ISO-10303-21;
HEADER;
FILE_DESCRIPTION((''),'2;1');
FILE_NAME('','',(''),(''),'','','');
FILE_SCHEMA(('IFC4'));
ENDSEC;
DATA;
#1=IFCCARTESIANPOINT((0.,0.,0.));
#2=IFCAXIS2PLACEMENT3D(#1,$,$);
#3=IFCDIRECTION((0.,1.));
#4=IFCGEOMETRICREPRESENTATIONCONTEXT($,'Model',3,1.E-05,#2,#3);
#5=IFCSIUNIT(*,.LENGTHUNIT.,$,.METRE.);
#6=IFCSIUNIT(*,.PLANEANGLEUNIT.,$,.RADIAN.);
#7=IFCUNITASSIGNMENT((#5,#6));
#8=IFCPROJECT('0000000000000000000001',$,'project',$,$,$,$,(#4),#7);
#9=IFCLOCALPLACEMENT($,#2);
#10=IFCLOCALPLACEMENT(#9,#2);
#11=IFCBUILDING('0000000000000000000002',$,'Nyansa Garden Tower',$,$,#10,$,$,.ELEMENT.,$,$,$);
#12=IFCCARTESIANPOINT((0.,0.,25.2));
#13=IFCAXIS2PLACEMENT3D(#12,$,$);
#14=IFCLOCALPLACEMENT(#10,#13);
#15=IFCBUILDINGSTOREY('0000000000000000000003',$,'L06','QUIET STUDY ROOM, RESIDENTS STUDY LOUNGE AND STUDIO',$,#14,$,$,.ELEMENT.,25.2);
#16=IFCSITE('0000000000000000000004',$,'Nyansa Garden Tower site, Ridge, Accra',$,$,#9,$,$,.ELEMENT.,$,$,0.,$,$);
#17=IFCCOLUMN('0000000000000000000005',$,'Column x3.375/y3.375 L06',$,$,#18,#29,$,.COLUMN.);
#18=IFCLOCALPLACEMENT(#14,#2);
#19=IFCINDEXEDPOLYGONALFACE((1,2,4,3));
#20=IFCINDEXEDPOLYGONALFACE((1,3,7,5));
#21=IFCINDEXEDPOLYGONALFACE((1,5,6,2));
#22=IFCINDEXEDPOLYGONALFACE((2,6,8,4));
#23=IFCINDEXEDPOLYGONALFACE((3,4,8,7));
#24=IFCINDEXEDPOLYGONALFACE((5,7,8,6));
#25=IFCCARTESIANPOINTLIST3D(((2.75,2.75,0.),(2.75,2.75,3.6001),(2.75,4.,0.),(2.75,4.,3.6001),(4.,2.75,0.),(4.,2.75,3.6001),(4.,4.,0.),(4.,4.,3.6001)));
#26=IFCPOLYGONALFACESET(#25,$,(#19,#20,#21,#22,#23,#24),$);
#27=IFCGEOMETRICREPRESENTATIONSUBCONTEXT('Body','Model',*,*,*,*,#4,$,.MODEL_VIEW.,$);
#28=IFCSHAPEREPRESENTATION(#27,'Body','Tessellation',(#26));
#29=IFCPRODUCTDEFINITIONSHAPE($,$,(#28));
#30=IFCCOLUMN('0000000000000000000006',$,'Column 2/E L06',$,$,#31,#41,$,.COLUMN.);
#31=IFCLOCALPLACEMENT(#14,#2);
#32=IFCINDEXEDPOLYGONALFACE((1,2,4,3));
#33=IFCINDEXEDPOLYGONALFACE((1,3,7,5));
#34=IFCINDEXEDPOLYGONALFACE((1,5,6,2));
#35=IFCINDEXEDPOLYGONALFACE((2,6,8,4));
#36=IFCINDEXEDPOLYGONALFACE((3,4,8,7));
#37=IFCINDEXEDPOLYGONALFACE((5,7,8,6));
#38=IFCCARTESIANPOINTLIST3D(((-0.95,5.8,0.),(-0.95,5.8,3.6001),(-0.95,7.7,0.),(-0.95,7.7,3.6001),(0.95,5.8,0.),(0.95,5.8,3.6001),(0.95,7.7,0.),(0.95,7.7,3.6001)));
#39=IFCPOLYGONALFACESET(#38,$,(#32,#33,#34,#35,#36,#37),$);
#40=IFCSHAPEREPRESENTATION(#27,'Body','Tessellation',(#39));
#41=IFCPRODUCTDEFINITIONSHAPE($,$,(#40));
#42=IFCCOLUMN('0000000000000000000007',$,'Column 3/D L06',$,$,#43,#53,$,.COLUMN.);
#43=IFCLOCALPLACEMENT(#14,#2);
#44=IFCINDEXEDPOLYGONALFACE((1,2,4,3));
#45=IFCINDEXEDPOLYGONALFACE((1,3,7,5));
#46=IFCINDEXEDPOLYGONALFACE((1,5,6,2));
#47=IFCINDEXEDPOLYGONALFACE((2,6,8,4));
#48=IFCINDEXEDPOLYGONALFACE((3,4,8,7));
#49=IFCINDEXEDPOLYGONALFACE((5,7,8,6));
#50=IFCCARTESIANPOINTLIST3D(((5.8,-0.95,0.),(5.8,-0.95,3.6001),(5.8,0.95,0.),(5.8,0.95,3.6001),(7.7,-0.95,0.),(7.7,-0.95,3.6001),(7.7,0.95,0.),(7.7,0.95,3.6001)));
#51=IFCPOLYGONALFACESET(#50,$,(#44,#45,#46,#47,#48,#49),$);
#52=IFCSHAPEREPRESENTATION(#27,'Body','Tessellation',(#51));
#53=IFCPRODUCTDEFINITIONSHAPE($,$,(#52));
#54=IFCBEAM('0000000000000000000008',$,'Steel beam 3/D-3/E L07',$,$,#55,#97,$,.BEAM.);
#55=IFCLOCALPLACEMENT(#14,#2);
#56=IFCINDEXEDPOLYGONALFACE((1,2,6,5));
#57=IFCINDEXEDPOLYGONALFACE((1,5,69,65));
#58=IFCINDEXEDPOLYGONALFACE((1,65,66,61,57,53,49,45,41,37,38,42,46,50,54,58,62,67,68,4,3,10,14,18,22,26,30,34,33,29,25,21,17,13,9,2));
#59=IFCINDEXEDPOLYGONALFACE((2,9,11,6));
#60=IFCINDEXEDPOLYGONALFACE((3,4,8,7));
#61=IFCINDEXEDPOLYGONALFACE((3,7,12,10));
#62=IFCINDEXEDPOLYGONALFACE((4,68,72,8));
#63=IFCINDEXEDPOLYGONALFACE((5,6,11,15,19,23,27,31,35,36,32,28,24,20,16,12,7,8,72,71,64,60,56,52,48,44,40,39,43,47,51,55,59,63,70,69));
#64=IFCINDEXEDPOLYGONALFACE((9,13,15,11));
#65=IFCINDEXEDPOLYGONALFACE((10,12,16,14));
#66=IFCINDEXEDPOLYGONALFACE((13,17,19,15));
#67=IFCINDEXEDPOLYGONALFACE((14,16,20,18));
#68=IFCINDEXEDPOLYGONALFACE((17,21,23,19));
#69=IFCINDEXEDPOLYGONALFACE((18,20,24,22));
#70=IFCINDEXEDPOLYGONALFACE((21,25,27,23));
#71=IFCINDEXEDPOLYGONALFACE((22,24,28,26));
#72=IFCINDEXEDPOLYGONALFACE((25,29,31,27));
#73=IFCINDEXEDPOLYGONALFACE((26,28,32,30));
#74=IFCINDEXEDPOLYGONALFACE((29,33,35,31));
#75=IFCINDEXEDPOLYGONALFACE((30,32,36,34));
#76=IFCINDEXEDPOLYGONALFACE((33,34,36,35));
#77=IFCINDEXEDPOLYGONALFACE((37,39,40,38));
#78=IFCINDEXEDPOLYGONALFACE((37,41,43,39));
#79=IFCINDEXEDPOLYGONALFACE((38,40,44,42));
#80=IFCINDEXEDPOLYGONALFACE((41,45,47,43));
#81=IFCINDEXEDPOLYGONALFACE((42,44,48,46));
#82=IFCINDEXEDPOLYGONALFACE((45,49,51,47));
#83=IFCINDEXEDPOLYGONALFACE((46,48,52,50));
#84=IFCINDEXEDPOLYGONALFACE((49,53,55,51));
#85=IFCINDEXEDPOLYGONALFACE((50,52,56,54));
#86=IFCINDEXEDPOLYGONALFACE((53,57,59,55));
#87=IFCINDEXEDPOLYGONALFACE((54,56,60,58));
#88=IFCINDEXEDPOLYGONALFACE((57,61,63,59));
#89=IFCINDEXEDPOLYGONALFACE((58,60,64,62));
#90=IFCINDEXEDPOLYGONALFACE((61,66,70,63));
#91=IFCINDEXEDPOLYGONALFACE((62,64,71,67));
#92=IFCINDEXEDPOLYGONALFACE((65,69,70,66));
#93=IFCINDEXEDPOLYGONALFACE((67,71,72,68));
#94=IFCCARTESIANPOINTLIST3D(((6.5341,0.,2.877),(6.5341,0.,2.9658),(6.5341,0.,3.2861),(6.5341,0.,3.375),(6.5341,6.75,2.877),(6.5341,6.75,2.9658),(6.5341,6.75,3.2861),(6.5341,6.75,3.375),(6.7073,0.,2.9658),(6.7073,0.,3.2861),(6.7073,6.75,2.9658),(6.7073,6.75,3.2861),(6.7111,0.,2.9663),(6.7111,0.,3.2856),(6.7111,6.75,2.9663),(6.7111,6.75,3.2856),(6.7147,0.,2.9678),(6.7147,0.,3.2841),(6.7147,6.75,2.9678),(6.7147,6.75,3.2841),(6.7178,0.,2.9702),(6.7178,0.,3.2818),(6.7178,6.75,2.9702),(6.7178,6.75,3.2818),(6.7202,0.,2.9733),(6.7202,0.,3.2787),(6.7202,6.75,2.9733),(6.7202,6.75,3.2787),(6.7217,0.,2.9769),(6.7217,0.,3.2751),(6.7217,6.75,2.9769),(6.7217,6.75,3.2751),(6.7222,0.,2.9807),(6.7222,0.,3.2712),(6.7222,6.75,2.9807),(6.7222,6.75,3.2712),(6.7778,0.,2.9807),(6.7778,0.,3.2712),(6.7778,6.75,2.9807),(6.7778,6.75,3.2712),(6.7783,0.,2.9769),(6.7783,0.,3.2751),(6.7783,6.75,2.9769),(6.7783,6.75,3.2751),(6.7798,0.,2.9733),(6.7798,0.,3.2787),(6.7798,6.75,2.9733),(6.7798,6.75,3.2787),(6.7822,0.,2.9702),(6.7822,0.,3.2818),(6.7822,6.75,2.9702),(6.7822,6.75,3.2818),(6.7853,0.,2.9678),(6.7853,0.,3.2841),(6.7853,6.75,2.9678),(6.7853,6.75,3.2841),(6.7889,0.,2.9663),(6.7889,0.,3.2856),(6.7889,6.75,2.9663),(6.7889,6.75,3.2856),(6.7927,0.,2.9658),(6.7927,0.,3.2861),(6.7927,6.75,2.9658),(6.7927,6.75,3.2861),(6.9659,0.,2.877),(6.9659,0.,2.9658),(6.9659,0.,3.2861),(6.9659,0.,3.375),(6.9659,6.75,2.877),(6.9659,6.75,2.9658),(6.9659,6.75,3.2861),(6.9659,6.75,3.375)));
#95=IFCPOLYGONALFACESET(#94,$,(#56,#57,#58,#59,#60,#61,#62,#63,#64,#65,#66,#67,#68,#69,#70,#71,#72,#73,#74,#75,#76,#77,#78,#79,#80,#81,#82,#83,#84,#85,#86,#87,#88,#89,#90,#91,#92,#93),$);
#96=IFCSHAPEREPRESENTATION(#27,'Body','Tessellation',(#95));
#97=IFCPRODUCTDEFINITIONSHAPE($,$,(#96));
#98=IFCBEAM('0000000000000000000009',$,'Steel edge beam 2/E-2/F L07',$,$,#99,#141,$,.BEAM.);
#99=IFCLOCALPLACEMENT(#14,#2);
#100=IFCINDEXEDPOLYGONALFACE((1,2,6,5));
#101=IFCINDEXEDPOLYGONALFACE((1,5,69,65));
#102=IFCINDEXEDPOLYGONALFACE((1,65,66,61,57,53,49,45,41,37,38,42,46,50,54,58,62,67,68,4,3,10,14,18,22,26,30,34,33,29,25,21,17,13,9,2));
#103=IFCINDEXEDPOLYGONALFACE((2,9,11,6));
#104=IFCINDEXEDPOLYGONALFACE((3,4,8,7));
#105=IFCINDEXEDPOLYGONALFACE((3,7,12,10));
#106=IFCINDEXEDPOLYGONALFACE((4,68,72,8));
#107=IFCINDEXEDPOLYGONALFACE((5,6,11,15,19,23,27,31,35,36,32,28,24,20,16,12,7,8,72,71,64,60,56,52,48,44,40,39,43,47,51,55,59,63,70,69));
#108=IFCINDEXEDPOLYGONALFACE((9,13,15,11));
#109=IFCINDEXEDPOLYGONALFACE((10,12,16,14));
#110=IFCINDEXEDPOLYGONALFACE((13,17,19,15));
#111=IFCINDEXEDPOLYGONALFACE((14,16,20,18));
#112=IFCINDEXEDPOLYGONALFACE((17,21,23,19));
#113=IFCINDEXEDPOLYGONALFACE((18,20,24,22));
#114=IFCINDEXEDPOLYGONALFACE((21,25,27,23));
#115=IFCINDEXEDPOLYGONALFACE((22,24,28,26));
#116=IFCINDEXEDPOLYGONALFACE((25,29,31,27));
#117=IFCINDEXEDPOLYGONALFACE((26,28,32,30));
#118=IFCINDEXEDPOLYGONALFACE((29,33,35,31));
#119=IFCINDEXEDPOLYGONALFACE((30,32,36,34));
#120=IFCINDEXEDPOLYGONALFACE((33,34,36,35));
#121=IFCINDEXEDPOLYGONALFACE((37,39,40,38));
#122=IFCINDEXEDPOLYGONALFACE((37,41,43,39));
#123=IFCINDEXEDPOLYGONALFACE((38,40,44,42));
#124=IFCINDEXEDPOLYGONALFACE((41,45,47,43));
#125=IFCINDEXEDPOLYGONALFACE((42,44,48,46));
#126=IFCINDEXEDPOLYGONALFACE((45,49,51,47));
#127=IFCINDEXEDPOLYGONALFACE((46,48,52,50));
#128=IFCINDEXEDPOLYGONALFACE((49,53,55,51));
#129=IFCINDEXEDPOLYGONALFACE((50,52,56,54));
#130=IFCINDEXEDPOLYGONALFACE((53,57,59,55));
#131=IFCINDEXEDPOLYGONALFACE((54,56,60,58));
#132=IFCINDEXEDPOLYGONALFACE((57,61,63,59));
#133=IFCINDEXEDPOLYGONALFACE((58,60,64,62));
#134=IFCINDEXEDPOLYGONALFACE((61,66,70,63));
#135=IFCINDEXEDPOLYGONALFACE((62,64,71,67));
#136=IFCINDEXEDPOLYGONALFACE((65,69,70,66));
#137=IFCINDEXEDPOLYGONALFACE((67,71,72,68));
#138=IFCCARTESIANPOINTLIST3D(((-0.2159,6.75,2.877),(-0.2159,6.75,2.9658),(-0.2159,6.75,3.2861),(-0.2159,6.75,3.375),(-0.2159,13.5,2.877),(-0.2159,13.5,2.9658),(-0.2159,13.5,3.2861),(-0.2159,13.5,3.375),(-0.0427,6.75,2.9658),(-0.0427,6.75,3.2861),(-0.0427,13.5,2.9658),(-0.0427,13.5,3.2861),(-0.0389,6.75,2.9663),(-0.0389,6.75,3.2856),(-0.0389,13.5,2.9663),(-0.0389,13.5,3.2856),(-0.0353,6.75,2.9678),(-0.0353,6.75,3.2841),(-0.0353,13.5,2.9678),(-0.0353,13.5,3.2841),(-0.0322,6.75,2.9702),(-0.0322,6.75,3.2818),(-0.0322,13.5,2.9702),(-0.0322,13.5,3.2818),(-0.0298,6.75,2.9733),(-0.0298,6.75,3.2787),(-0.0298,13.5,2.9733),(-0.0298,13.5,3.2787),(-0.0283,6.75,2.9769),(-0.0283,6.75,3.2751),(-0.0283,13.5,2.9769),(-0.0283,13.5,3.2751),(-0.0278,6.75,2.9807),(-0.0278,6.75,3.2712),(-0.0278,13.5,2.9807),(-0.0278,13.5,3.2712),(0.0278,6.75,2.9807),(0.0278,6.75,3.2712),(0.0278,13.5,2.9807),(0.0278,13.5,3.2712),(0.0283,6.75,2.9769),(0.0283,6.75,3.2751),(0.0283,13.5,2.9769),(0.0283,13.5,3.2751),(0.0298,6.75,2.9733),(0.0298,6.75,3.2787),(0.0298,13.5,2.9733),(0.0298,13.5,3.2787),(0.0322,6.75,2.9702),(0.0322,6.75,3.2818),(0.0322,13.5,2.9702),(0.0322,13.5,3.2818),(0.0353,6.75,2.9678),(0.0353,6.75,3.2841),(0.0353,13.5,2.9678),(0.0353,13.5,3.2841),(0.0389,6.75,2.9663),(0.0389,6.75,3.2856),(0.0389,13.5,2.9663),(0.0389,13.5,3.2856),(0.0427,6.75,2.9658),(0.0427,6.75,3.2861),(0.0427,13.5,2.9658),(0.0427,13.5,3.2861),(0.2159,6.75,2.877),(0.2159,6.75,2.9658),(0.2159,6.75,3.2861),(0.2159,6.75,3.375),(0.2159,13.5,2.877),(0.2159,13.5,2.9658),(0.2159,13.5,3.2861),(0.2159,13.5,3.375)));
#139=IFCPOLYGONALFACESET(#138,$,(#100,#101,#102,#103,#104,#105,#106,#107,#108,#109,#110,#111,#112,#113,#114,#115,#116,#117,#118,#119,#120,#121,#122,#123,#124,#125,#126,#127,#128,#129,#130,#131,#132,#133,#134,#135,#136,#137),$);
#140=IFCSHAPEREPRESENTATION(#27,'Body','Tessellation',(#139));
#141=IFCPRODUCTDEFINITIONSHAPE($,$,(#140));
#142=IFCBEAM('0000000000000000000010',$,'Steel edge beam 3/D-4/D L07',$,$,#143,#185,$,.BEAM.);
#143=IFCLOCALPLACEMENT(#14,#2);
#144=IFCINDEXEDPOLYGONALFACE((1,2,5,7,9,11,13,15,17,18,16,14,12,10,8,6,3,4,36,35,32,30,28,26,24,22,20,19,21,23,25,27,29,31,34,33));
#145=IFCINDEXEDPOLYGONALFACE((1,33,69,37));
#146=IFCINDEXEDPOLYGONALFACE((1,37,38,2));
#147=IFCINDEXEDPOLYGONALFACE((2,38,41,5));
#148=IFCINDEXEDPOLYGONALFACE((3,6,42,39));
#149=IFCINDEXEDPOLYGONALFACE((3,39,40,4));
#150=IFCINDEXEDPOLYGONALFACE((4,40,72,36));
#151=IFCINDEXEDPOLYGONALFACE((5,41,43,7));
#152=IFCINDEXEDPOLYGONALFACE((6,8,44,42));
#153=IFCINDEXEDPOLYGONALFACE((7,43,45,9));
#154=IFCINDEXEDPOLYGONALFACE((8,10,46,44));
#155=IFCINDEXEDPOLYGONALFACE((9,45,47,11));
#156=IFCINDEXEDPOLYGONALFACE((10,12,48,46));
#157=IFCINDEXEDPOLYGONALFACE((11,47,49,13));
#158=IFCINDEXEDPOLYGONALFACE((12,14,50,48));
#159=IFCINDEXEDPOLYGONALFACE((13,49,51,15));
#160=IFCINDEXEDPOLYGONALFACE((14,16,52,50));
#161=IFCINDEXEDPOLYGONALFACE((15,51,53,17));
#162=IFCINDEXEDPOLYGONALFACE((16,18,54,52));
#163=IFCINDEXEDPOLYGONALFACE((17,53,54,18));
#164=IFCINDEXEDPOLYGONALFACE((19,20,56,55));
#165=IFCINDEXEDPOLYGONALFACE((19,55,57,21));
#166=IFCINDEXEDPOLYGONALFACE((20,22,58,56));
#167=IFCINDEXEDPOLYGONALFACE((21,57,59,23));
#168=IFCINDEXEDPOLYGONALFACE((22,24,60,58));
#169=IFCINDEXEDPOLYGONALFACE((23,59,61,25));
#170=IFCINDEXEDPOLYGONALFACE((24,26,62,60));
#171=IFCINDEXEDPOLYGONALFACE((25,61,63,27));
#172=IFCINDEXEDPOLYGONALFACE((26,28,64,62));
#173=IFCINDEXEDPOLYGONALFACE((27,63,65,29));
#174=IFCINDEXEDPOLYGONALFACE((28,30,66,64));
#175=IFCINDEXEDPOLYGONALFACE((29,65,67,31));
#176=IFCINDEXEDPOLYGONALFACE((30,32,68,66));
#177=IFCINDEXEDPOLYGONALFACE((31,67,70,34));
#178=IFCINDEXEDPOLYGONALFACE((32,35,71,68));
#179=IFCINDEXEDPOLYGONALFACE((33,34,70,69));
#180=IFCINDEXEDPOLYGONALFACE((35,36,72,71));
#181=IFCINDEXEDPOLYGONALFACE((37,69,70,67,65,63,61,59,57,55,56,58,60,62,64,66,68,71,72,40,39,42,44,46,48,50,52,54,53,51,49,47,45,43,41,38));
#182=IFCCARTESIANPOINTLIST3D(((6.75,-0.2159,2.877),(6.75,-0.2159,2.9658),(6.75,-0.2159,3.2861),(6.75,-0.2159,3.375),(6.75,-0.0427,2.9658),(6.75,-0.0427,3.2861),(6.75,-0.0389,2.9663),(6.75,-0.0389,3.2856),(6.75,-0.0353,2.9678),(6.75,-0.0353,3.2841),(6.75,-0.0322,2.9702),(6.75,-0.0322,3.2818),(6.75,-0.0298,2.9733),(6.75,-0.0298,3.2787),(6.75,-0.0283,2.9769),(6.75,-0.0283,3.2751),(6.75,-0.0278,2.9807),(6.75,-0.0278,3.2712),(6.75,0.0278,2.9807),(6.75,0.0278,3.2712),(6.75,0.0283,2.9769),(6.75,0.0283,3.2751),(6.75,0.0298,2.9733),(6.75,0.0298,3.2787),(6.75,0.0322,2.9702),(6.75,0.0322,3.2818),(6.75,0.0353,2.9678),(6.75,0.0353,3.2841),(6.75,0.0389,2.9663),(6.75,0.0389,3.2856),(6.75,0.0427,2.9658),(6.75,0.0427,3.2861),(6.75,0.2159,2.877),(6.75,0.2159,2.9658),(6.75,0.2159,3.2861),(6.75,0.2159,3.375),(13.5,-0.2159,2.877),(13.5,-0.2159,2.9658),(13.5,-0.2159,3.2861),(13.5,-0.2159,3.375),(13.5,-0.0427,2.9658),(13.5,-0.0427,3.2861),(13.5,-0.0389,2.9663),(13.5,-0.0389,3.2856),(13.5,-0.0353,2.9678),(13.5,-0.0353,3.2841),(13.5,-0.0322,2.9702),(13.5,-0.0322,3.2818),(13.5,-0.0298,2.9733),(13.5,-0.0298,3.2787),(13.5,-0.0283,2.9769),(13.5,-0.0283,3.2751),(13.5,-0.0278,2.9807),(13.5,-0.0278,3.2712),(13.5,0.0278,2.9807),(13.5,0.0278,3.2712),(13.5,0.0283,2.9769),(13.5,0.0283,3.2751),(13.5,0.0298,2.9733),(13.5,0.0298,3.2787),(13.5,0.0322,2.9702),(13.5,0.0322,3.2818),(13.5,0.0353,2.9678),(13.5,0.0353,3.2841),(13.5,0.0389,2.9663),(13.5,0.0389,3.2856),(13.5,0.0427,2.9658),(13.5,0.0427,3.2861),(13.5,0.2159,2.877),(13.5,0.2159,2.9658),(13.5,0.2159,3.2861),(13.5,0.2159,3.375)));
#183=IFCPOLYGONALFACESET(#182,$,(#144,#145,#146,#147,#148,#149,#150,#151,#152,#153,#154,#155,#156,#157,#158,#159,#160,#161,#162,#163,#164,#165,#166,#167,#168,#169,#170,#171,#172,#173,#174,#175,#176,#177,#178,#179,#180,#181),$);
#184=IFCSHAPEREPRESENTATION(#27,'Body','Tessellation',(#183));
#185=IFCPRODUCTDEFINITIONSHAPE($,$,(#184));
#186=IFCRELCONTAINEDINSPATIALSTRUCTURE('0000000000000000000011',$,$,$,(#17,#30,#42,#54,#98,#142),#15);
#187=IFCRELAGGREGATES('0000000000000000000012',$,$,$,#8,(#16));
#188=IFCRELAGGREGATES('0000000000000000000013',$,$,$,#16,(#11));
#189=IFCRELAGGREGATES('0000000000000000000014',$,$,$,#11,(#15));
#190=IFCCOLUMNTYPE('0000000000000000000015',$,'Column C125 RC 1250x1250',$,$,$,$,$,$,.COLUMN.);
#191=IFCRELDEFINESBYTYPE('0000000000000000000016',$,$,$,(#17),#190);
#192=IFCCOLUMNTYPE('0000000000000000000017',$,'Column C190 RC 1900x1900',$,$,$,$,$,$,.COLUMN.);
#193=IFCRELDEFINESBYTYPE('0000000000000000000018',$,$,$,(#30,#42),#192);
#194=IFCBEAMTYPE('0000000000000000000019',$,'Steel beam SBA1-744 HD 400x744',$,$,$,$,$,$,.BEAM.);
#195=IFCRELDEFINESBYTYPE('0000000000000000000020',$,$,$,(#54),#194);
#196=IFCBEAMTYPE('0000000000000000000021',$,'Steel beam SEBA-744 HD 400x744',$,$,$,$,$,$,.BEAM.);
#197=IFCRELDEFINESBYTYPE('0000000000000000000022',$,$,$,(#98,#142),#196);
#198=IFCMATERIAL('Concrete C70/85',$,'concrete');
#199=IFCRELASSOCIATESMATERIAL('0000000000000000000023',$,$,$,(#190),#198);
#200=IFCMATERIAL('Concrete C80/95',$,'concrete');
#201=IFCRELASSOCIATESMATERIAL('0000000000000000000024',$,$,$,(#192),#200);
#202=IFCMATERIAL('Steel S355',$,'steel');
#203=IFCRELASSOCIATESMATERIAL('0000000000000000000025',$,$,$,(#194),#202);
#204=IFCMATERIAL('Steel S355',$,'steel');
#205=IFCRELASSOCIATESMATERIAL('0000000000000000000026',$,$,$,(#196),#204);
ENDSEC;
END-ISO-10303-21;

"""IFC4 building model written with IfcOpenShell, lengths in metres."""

from ifc_helpers import new_model, si_unit, direction, frame, origin, origin_2d, place, context, subcontext, project, spatial, rectangle, i_section, extrude, material, material_profile, profile_set, type_object, element, save


model = new_model("IFC4")

# Units and contexts
model_context = context("Model", 3, precision=1e-05, world=origin(), true_north=direction((0.0, 1.0)))
body_context = subcontext(model_context, "Body", "Model", "MODEL_VIEW")
ifc_project = project(units=[si_unit("LENGTHUNIT", "METRE"), si_unit("PLANEANGLEUNIT", "RADIAN")], contexts=[model_context])

# Site, building, storey
site_placement = place(None, origin())
site = spatial("IfcSite", under=ifc_project, at=site_placement, Name="Nyansa Garden Tower site, Ridge, Accra", CompositionType="ELEMENT", RefElevation=0.0)
building_placement = place(site_placement, origin())
building = spatial("IfcBuilding", under=site, at=building_placement, Name="Nyansa Garden Tower", CompositionType="ELEMENT")
storey_placement = place(building_placement, frame((0.0, 0.0, 25.2)))
storey = spatial("IfcBuildingStorey", under=building, at=storey_placement, Name="L06", Description="QUIET STUDY ROOM, RESIDENTS STUDY LOUNGE AND STUDIO", CompositionType="ELEMENT", Elevation=25.2)

# Columns
ifc_material_1 = material(Name="Concrete C70/85", Category="concrete")
ifc_material_profile_1 = material_profile(ifc_material_1, rectangle(XDim=1.25, YDim=1.25, at=origin_2d()), Name="RC 1250x1250")
ifc_profile_set_1 = profile_set([ifc_material_profile_1], Name="Concrete C70/85")
column_type_1 = type_object("IfcColumnType", Name="Column C125 RC 1250x1250", PredefinedType="COLUMN", material=ifc_profile_set_1)
column_placement = place(storey_placement, frame((3.375, 3.375, 0.0), z_axis=(0.0, 0.0, 1.0), x_axis=(1.0, 0.0, 0.0)))
element("IfcColumn", 1, at=column_placement, inside=storey, type_object=column_type_1, Name="Column x3.375/y3.375 L06", PredefinedType="COLUMN", context=body_context, shape_type="SweptSolid", body=[
    extrude(rectangle(XDim=1.25, YDim=1.25, at=origin_2d()), origin(), (0.0, 0.0, 1.0), 3.6001),
])
ifc_material_2 = material(Name="Concrete C80/95", Category="concrete")
ifc_material_profile_2 = material_profile(ifc_material_2, rectangle(XDim=1.8999, YDim=1.8999, at=origin_2d()), Name="RC 1900x1900")
ifc_profile_set_2 = profile_set([ifc_material_profile_2], Name="Concrete C80/95")
column_type_2 = type_object("IfcColumnType", Name="Column C190 RC 1900x1900", PredefinedType="COLUMN", material=ifc_profile_set_2)
for number, where, z_axis, x_axis, name in (
    (2, (0.0, 6.75, 0.0), (0.0, 0.0, 1.0), (1.0, 0.0, 0.0), "Column 2/E L06"),
    (3, (6.75, 0.0, 0.0), (0.0, 0.0, 1.0), (1.0, 0.0, 0.0), "Column 3/D L06"),
):
    element("IfcColumn", number, at=place(storey_placement, frame(where, z_axis=z_axis, x_axis=x_axis)), inside=storey, type_object=column_type_2, Name=name, PredefinedType="COLUMN", context=body_context, shape_type="SweptSolid", body=[
        extrude(rectangle(XDim=1.8999, YDim=1.8999, at=origin_2d()), origin(), (0.0, 0.0, 1.0), 3.6001),
    ])

# Beams
ifc_material_3 = material(Name="Steel S355", Category="steel")
ifc_material_profile_3 = material_profile(ifc_material_3, i_section(OverallWidth=0.4319, OverallDepth=0.498, WebThickness=0.0557, FlangeThickness=0.0889, FilletRadius=0.0149, at=origin_2d()), Name="HD 400x744")
ifc_profile_set_3 = profile_set([ifc_material_profile_3], Name="Steel S355")
beam_type_1 = type_object("IfcBeamType", Name="Steel beam SBA1-744 HD 400x744", PredefinedType="BEAM", material=ifc_profile_set_3)
beam_placement = place(storey_placement, frame((6.75, 0.0, 3.126), z_axis=(0.0, 1.0, 0.0), x_axis=(-1.0, 0.0, 0.0)))
element("IfcBeam", 4, at=beam_placement, inside=storey, type_object=beam_type_1, Name="Steel beam 3/D-3/E L07", PredefinedType="BEAM", context=body_context, shape_type="SweptSolid", body=[
    extrude(i_section(OverallWidth=0.4319, OverallDepth=0.498, WebThickness=0.0557, FlangeThickness=0.0889, FilletRadius=0.0149, at=origin_2d()), origin(), (0.0, 0.0, 1.0), 6.75),
])
ifc_material_4 = material(Name="Steel S355", Category="steel")
ifc_material_profile_4 = material_profile(ifc_material_4, i_section(OverallWidth=0.4319, OverallDepth=0.498, WebThickness=0.0557, FlangeThickness=0.0889, FilletRadius=0.0149, at=origin_2d()), Name="HD 400x744")
ifc_profile_set_4 = profile_set([ifc_material_profile_4], Name="Steel S355")
beam_type_2 = type_object("IfcBeamType", Name="Steel beam SEBA-744 HD 400x744", PredefinedType="BEAM", material=ifc_profile_set_4)
for number, where, z_axis, x_axis, name in (
    (5, (0.0, 6.75, 3.126), (0.0, 1.0, 0.0), (-1.0, 0.0, 0.0), "Steel edge beam 2/E-2/F L07"),
    (6, (6.75, 0.0, 3.126), (1.0, 0.0, 0.0), (0.0, 1.0, 0.0), "Steel edge beam 3/D-4/D L07"),
):
    element("IfcBeam", number, at=place(storey_placement, frame(where, z_axis=z_axis, x_axis=x_axis)), inside=storey, type_object=beam_type_2, Name=name, PredefinedType="BEAM", context=body_context, shape_type="SweptSolid", body=[
        extrude(i_section(OverallWidth=0.4319, OverallDepth=0.498, WebThickness=0.0557, FlangeThickness=0.0889, FilletRadius=0.0149, at=origin_2d()), origin(), (0.0, 0.0, 1.0), 6.75),
    ])

save(model, "model.ifc")
